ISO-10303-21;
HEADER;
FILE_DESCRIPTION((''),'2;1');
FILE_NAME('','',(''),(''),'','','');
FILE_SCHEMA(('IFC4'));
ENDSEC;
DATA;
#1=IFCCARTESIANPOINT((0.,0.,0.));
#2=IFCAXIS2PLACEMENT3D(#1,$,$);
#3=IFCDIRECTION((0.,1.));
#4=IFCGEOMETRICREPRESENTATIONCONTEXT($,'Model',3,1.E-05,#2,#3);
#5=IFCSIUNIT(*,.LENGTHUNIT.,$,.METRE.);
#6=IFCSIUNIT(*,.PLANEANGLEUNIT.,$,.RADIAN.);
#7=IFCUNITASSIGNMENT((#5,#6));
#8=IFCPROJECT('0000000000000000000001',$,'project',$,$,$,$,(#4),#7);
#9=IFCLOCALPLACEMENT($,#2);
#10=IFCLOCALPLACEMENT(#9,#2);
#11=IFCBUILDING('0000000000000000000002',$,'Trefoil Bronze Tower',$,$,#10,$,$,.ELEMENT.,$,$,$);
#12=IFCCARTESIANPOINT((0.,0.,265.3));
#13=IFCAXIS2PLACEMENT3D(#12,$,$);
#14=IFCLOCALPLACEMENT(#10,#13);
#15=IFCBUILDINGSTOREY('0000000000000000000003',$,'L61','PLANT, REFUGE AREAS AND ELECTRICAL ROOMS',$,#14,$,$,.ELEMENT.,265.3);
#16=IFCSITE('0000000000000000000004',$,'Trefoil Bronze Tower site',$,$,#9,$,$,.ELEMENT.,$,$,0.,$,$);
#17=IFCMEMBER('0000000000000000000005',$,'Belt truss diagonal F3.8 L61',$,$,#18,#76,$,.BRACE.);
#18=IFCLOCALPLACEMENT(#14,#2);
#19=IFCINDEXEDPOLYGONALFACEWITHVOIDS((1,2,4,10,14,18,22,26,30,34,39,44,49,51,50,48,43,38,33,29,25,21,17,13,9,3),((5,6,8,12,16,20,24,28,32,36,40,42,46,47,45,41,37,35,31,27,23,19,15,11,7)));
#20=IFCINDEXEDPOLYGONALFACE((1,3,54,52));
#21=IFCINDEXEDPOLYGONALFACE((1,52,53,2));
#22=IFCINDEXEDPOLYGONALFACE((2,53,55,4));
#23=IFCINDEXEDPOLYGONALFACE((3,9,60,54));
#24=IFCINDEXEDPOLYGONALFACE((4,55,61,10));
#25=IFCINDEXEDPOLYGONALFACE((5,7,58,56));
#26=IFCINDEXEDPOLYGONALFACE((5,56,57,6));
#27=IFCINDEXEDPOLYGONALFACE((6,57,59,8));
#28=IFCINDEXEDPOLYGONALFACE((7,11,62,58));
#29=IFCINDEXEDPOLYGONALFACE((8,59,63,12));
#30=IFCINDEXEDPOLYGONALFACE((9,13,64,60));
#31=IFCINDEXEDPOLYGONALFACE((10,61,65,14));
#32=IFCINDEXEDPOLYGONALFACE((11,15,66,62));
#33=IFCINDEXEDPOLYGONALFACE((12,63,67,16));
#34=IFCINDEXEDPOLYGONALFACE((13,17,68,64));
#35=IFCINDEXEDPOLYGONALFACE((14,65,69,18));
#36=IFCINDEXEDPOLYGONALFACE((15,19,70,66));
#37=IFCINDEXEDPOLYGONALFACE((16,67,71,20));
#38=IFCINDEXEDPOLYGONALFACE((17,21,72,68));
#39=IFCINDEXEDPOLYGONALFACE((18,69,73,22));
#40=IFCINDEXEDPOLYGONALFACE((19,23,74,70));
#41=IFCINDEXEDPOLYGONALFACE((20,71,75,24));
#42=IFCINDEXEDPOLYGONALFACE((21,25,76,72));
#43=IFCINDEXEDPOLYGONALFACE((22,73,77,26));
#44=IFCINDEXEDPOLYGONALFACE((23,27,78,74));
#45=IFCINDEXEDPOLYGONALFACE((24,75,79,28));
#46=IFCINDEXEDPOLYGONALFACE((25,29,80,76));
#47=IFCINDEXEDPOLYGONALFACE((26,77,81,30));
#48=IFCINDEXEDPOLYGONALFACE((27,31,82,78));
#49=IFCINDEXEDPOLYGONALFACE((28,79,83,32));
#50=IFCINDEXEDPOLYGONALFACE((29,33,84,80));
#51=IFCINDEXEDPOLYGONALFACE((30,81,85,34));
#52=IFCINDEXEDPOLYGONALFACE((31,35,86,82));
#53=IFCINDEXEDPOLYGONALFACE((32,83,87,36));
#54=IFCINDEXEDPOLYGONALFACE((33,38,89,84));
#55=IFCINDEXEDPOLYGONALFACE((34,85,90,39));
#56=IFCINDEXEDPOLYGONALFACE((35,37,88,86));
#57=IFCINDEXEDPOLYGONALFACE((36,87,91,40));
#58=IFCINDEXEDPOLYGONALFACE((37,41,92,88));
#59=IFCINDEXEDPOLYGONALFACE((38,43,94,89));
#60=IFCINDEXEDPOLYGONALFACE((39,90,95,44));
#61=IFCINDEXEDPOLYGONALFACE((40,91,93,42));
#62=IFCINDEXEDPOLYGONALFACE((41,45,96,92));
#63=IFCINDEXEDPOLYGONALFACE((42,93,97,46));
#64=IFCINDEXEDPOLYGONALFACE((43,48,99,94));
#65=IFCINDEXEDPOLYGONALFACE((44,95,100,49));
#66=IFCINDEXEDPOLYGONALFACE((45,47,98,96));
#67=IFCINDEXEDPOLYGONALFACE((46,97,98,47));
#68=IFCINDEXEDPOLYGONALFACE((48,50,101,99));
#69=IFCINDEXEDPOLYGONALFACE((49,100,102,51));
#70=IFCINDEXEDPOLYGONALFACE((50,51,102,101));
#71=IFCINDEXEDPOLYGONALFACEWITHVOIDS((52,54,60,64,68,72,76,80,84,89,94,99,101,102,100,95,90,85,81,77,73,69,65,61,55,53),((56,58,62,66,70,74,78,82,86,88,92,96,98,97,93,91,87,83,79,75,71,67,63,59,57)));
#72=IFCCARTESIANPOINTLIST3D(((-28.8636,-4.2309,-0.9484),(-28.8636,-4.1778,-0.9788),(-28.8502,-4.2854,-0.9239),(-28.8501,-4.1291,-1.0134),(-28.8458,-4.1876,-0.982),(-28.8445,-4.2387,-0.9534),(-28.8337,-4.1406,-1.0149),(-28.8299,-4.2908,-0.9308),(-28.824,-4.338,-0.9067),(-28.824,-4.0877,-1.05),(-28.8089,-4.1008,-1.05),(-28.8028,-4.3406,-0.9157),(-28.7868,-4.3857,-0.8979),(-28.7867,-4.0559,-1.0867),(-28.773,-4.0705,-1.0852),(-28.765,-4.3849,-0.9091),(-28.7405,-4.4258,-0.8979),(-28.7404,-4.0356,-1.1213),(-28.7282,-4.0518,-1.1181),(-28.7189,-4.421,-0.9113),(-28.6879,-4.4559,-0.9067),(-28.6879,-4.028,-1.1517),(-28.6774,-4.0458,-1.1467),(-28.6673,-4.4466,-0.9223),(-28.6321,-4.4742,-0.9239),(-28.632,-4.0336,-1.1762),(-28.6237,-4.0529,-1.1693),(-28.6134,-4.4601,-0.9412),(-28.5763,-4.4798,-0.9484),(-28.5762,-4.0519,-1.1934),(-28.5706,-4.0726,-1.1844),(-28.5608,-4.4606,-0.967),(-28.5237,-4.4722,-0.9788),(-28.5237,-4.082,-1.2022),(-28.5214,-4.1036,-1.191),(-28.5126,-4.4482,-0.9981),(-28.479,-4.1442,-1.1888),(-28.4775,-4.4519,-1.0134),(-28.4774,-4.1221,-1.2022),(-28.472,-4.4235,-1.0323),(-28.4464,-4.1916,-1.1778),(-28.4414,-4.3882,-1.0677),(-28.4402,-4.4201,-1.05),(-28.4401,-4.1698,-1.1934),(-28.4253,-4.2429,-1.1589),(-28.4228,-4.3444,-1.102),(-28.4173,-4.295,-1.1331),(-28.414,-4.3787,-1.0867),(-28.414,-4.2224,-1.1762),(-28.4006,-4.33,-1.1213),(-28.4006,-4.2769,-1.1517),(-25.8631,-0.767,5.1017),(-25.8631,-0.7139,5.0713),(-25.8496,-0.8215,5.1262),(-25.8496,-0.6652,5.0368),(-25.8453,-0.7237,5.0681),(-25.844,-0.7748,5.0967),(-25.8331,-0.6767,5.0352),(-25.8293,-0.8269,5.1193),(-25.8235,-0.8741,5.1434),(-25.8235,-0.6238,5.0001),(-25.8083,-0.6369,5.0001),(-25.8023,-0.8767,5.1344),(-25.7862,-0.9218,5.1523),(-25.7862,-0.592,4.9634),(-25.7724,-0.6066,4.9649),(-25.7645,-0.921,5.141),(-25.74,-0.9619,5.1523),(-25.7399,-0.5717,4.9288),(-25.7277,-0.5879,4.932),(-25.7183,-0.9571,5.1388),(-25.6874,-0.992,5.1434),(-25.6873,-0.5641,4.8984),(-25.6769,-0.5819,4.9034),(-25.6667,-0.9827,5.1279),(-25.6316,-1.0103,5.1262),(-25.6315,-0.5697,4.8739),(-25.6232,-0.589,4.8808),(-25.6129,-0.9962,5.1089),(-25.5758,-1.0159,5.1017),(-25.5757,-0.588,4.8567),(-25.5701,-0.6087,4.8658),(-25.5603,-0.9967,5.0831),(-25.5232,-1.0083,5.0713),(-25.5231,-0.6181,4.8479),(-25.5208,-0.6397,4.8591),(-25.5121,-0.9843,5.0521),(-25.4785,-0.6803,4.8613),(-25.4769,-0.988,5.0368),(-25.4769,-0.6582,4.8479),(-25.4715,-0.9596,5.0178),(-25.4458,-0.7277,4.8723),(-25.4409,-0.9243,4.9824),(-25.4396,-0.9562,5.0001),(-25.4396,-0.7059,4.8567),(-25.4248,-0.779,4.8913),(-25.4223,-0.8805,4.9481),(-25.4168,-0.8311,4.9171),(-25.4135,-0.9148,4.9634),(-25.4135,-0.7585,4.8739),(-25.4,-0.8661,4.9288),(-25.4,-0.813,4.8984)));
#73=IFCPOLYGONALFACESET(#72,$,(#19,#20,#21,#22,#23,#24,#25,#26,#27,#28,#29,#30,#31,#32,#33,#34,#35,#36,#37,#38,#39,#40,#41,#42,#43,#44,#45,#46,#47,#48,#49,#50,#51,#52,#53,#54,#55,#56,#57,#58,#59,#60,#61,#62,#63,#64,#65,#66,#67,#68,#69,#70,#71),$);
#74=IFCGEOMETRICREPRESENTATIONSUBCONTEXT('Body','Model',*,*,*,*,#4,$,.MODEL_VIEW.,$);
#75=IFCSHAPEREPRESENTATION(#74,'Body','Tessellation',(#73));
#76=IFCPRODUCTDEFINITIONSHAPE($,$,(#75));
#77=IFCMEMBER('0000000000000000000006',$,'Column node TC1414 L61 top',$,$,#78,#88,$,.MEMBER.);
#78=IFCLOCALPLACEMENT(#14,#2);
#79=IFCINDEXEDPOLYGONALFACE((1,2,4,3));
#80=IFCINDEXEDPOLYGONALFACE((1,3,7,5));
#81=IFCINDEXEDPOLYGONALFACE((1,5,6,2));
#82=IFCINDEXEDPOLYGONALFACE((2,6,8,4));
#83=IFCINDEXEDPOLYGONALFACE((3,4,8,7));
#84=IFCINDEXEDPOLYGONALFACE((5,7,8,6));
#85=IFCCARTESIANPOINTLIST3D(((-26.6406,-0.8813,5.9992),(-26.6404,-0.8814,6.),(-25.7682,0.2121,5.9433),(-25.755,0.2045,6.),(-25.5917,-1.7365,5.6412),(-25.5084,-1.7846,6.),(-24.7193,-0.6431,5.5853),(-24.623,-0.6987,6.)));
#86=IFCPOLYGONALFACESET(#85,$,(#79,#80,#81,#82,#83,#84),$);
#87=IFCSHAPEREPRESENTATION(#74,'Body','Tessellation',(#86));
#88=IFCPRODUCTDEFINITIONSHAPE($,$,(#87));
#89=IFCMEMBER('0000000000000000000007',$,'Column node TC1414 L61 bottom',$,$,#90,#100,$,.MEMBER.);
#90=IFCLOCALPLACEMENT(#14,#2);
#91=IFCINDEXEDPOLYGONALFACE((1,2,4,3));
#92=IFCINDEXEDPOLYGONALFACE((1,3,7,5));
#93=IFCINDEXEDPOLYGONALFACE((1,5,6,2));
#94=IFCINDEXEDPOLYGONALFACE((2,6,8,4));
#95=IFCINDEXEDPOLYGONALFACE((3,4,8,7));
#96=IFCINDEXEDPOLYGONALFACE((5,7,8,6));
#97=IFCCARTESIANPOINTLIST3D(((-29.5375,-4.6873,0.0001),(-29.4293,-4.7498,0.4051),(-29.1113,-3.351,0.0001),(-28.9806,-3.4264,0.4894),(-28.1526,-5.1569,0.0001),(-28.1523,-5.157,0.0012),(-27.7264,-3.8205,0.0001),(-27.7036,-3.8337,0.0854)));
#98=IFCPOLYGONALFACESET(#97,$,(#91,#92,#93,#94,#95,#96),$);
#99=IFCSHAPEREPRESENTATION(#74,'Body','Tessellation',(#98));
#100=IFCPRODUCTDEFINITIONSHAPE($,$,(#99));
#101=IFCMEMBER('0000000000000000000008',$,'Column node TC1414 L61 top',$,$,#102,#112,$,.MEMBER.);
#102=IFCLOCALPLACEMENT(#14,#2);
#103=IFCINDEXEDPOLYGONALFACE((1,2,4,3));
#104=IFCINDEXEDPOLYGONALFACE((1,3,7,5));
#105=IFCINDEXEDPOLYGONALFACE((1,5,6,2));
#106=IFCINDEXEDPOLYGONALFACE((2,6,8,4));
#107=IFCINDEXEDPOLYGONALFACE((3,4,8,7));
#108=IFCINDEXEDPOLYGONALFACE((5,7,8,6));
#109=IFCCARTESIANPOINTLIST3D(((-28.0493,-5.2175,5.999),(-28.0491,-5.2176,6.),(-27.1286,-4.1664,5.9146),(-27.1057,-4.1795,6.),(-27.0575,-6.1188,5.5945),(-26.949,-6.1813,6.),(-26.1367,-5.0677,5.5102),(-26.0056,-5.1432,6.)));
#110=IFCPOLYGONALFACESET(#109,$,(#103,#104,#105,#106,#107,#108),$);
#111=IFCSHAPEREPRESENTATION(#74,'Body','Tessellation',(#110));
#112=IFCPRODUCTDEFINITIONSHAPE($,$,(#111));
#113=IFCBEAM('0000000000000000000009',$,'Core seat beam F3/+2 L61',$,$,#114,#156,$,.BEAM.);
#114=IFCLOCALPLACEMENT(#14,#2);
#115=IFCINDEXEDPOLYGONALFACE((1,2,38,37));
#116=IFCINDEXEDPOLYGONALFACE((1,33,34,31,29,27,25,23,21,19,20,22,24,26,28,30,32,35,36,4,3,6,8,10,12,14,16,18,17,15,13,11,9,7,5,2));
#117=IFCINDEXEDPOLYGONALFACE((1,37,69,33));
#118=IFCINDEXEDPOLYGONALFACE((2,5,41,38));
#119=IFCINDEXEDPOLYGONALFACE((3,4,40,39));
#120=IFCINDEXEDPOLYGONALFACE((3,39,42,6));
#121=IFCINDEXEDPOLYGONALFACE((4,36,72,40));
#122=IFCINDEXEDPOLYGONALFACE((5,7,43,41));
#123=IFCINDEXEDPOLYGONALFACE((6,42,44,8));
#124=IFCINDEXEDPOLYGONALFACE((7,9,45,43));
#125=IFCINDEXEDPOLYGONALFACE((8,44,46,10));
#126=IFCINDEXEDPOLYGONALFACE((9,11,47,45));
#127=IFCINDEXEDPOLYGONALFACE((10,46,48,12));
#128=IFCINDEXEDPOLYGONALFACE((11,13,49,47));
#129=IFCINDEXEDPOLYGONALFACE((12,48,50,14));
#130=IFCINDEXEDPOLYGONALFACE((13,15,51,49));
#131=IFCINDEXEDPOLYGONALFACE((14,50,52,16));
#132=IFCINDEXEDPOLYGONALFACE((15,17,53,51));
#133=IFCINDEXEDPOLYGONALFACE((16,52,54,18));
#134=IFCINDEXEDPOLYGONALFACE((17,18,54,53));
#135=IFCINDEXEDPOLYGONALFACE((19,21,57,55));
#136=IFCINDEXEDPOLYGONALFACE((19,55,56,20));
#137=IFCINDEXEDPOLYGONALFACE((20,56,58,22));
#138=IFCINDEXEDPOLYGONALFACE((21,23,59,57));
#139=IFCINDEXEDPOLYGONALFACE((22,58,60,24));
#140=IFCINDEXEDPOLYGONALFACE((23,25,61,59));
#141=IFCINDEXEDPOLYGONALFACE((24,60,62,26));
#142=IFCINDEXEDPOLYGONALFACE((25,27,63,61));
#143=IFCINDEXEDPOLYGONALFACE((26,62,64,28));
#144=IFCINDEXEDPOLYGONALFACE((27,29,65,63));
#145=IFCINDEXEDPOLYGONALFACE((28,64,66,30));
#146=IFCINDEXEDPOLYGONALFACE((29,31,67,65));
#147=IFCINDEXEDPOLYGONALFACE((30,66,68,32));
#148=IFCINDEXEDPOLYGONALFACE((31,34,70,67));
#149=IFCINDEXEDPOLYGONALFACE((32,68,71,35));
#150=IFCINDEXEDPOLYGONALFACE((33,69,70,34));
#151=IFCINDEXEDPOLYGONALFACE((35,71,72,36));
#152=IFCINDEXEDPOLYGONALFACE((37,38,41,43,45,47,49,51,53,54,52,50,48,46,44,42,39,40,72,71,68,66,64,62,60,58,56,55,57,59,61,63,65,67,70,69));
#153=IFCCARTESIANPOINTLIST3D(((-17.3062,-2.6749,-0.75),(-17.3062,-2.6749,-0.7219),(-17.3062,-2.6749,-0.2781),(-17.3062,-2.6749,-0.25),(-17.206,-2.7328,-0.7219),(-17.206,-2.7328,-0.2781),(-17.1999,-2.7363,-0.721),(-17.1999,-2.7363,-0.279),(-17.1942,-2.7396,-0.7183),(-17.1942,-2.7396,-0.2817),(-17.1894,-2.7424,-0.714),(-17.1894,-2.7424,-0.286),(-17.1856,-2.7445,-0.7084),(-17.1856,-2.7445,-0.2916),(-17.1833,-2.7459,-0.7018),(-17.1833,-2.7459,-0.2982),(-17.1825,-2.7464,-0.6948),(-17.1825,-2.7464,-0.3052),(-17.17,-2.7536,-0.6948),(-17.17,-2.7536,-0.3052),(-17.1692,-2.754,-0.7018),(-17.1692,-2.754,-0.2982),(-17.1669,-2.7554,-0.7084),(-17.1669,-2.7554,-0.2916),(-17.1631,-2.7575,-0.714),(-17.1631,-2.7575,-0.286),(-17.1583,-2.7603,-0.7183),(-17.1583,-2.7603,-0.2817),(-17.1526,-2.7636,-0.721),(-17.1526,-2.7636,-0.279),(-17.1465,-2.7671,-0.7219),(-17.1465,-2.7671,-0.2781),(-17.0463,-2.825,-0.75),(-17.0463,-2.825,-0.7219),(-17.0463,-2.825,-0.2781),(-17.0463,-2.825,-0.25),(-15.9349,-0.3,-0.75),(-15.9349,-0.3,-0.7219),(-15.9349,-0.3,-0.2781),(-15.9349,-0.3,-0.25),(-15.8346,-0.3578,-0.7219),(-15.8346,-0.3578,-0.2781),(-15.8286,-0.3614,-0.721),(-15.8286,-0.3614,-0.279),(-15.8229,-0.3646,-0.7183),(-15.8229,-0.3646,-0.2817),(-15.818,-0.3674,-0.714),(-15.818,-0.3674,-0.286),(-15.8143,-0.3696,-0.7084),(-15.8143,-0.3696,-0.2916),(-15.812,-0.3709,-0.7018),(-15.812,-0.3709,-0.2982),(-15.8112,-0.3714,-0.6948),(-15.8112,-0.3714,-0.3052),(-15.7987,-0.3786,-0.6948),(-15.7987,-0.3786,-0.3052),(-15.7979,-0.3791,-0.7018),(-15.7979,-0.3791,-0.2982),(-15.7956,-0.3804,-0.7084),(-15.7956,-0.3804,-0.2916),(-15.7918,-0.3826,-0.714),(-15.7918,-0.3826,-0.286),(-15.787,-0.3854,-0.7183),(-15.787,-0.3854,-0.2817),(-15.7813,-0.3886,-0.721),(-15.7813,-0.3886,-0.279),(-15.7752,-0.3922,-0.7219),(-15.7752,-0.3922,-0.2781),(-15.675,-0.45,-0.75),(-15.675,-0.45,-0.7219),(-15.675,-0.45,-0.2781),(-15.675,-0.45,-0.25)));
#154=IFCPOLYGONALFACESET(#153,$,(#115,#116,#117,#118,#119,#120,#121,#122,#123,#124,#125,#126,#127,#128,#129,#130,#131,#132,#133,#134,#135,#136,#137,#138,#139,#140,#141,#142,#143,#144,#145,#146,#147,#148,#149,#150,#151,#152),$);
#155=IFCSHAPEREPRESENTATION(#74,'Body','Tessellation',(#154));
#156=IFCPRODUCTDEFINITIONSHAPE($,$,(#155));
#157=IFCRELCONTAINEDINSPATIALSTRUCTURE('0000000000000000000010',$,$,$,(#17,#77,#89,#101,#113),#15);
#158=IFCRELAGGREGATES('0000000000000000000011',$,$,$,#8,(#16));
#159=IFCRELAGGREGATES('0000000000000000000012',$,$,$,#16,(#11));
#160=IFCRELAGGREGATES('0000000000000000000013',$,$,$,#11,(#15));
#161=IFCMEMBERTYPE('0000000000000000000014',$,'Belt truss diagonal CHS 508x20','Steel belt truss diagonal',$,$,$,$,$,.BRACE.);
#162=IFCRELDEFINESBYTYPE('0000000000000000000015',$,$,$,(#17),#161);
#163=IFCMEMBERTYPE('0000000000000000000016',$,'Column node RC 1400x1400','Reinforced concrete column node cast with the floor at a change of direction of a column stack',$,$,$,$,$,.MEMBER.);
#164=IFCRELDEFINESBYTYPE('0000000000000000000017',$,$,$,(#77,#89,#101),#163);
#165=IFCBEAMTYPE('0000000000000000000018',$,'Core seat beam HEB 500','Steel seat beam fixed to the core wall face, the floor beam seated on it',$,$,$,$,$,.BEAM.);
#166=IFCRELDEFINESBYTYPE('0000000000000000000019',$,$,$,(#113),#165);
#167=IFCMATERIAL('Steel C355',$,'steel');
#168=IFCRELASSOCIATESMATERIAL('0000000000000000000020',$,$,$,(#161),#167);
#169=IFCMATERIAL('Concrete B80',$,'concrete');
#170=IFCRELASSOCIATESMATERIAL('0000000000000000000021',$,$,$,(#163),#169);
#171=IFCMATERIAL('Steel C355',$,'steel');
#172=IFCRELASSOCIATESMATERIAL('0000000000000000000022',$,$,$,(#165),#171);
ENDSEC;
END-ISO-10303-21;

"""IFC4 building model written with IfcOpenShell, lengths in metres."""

from ifc_helpers import new_model, si_unit, direction, frame, origin, origin_2d, place, context, subcontext, project, spatial, rectangle, hollow_circle, i_section, extrude, clip, halfspace, material, material_profile, profile_set, type_object, element, save


model = new_model("IFC4")

# Units and contexts
model_context = context("Model", 3, precision=1e-05, world=origin(), true_north=direction((0.0, 1.0)))
body_context = subcontext(model_context, "Body", "Model", "MODEL_VIEW")
ifc_project = project(units=[si_unit("LENGTHUNIT", "METRE"), si_unit("PLANEANGLEUNIT", "RADIAN")], contexts=[model_context])

# Site, building, storey
site_placement = place(None, origin())
site = spatial("IfcSite", under=ifc_project, at=site_placement, Name="Trefoil Bronze Tower site", CompositionType="ELEMENT", RefElevation=0.0)
building_placement = place(site_placement, origin())
building = spatial("IfcBuilding", under=site, at=building_placement, Name="Trefoil Bronze Tower", CompositionType="ELEMENT")
storey_placement = place(building_placement, frame((0.0, 0.0, 265.3)))
storey = spatial("IfcBuildingStorey", under=building, at=storey_placement, Name="L61", Description="PLANT, REFUGE AREAS AND ELECTRICAL ROOMS", CompositionType="ELEMENT", Elevation=265.3)

# Members
ifc_material_1 = material(Name="Steel C355", Category="steel")
ifc_material_profile_1 = material_profile(ifc_material_1, hollow_circle(Radius=0.2539, WallThickness=0.02, at=origin_2d()), Name="CHS 508x20")
ifc_profile_set_1 = profile_set([ifc_material_profile_1], Name="Steel C355")
member_type_1 = type_object("IfcMemberType", Name="Belt truss diagonal CHS 508x20", Description="Steel belt truss diagonal", PredefinedType="BRACE", material=ifc_profile_set_1)
member_1_placement = place(storey_placement, frame((-28.6321, -4.2539, -1.05), z_axis=(0.395334, 0.456387, 0.797134), x_axis=(-0.755854, 0.65474, 0.0)))
element("IfcMember", 1, at=member_1_placement, inside=storey, type_object=member_type_1, Name="Belt truss diagonal F3.8 L61", PredefinedType="BRACE", context=body_context, shape_type="SweptSolid", body=[
    extrude(hollow_circle(Radius=0.2539, WallThickness=0.02, at=origin_2d()), origin(), (0.0, 0.0, 1.0), 7.5898),
])
ifc_material_2 = material(Name="Concrete B80", Category="concrete")
ifc_material_profile_2 = material_profile(ifc_material_2, rectangle(XDim=1.3999, YDim=1.3999, at=origin_2d()), Name="RC 1400x1400")
ifc_profile_set_2 = profile_set([ifc_material_profile_2], Name="Concrete B80")
member_type_2 = type_object("IfcMemberType", Name="Column node RC 1400x1400", Description="Reinforced concrete column node cast with the floor at a change of direction of a column stack", PredefinedType="MEMBER", material=ifc_profile_set_2)
member_2_placement = place(storey_placement, frame((-25.5835, -0.8179, 6.2078), z_axis=(-0.224171, 0.129395, -0.965921), x_axis=(0.623164, 0.781068, -0.039992)))
element("IfcMember", 2, at=member_2_placement, inside=storey, type_object=member_type_2, Name="Column node TC1414 L61 top", PredefinedType="MEMBER", context=body_context, shape_type="Clipping", body=[
    clip(extrude(rectangle(XDim=1.3999, YDim=1.3999, at=origin_2d()), origin(), (0.0, 0.0, 1.0), 0.4302), halfspace(frame((0.0, 0.0, 0.2151), z_axis=(0.039992, 0.255727, 0.965921), x_axis=(0.0, 0.966695, -0.255932)), True)),
])
member_3_placement = place(storey_placement, frame((-28.6975, -4.2161, -0.2454), z_axis=(0.255293, -0.147376, 0.955566), x_axis=(-0.320508, -0.945333, -0.06017)))
element("IfcMember", 3, at=member_3_placement, inside=storey, type_object=member_type_2, Name="Column node TC1414 L61 bottom", PredefinedType="MEMBER", context=body_context, shape_type="Clipping", body=[
    clip(extrude(rectangle(XDim=1.3999, YDim=1.3999, at=origin_2d()), origin(), (0.0, 0.0, 1.0), 0.5134), halfspace(frame((0.0, 0.0, 0.2568), z_axis=(-0.06017, -0.288572, 0.955566), x_axis=(0.0, 0.9573, 0.289096)), True)),
])
member_4_placement = place(storey_placement, frame((-26.9617, -5.2183, 6.2454), z_axis=(-0.255737, 0.147358, -0.95545), x_axis=(0.657726, 0.750844, -0.060246)))
element("IfcMember", 4, at=member_4_placement, inside=storey, type_object=member_type_2, Name="Column node TC1414 L61 top", PredefinedType="MEMBER", context=body_context, shape_type="Clipping", body=[
    clip(extrude(rectangle(XDim=1.3999, YDim=1.3999, at=origin_2d()), origin(), (0.0, 0.0, 1.0), 0.5137), halfspace(frame((0.0, 0.0, 0.2568), z_axis=(0.060246, 0.28894, 0.95545), x_axis=(0.0, 0.957188, -0.289466)), True)),
])

# Beam
ifc_material_3 = material(Name="Steel C355", Category="steel")
ifc_material_profile_3 = material_profile(ifc_material_3, i_section(OverallWidth=0.3, OverallDepth=0.5, WebThickness=0.0144, FlangeThickness=0.0281, FilletRadius=0.0271, at=origin_2d()), Name="HEB 500")
ifc_profile_set_3 = profile_set([ifc_material_profile_3], Name="Steel C355")
beam_type_1 = type_object("IfcBeamType", Name="Core seat beam HEB 500", Description="Steel seat beam fixed to the core wall face, the floor beam seated on it", PredefinedType="BEAM", material=ifc_profile_set_3)
beam_1_placement = place(storey_placement, frame((-15.8049, -0.375, -0.5), z_axis=(-0.500036, -0.866005, 0.0), x_axis=(0.866005, -0.500036, 0.0)))
element("IfcBeam", 5, at=beam_1_placement, inside=storey, type_object=beam_type_1, Name="Core seat beam F3/+2 L61", PredefinedType="BEAM", context=body_context, shape_type="SweptSolid", body=[
    extrude(i_section(OverallWidth=0.3, OverallDepth=0.5, WebThickness=0.0144, FlangeThickness=0.0281, FilletRadius=0.0271, at=origin_2d()), origin(), (0.0, 0.0, 1.0), 2.7424),
])

save(model, "model.ifc")
